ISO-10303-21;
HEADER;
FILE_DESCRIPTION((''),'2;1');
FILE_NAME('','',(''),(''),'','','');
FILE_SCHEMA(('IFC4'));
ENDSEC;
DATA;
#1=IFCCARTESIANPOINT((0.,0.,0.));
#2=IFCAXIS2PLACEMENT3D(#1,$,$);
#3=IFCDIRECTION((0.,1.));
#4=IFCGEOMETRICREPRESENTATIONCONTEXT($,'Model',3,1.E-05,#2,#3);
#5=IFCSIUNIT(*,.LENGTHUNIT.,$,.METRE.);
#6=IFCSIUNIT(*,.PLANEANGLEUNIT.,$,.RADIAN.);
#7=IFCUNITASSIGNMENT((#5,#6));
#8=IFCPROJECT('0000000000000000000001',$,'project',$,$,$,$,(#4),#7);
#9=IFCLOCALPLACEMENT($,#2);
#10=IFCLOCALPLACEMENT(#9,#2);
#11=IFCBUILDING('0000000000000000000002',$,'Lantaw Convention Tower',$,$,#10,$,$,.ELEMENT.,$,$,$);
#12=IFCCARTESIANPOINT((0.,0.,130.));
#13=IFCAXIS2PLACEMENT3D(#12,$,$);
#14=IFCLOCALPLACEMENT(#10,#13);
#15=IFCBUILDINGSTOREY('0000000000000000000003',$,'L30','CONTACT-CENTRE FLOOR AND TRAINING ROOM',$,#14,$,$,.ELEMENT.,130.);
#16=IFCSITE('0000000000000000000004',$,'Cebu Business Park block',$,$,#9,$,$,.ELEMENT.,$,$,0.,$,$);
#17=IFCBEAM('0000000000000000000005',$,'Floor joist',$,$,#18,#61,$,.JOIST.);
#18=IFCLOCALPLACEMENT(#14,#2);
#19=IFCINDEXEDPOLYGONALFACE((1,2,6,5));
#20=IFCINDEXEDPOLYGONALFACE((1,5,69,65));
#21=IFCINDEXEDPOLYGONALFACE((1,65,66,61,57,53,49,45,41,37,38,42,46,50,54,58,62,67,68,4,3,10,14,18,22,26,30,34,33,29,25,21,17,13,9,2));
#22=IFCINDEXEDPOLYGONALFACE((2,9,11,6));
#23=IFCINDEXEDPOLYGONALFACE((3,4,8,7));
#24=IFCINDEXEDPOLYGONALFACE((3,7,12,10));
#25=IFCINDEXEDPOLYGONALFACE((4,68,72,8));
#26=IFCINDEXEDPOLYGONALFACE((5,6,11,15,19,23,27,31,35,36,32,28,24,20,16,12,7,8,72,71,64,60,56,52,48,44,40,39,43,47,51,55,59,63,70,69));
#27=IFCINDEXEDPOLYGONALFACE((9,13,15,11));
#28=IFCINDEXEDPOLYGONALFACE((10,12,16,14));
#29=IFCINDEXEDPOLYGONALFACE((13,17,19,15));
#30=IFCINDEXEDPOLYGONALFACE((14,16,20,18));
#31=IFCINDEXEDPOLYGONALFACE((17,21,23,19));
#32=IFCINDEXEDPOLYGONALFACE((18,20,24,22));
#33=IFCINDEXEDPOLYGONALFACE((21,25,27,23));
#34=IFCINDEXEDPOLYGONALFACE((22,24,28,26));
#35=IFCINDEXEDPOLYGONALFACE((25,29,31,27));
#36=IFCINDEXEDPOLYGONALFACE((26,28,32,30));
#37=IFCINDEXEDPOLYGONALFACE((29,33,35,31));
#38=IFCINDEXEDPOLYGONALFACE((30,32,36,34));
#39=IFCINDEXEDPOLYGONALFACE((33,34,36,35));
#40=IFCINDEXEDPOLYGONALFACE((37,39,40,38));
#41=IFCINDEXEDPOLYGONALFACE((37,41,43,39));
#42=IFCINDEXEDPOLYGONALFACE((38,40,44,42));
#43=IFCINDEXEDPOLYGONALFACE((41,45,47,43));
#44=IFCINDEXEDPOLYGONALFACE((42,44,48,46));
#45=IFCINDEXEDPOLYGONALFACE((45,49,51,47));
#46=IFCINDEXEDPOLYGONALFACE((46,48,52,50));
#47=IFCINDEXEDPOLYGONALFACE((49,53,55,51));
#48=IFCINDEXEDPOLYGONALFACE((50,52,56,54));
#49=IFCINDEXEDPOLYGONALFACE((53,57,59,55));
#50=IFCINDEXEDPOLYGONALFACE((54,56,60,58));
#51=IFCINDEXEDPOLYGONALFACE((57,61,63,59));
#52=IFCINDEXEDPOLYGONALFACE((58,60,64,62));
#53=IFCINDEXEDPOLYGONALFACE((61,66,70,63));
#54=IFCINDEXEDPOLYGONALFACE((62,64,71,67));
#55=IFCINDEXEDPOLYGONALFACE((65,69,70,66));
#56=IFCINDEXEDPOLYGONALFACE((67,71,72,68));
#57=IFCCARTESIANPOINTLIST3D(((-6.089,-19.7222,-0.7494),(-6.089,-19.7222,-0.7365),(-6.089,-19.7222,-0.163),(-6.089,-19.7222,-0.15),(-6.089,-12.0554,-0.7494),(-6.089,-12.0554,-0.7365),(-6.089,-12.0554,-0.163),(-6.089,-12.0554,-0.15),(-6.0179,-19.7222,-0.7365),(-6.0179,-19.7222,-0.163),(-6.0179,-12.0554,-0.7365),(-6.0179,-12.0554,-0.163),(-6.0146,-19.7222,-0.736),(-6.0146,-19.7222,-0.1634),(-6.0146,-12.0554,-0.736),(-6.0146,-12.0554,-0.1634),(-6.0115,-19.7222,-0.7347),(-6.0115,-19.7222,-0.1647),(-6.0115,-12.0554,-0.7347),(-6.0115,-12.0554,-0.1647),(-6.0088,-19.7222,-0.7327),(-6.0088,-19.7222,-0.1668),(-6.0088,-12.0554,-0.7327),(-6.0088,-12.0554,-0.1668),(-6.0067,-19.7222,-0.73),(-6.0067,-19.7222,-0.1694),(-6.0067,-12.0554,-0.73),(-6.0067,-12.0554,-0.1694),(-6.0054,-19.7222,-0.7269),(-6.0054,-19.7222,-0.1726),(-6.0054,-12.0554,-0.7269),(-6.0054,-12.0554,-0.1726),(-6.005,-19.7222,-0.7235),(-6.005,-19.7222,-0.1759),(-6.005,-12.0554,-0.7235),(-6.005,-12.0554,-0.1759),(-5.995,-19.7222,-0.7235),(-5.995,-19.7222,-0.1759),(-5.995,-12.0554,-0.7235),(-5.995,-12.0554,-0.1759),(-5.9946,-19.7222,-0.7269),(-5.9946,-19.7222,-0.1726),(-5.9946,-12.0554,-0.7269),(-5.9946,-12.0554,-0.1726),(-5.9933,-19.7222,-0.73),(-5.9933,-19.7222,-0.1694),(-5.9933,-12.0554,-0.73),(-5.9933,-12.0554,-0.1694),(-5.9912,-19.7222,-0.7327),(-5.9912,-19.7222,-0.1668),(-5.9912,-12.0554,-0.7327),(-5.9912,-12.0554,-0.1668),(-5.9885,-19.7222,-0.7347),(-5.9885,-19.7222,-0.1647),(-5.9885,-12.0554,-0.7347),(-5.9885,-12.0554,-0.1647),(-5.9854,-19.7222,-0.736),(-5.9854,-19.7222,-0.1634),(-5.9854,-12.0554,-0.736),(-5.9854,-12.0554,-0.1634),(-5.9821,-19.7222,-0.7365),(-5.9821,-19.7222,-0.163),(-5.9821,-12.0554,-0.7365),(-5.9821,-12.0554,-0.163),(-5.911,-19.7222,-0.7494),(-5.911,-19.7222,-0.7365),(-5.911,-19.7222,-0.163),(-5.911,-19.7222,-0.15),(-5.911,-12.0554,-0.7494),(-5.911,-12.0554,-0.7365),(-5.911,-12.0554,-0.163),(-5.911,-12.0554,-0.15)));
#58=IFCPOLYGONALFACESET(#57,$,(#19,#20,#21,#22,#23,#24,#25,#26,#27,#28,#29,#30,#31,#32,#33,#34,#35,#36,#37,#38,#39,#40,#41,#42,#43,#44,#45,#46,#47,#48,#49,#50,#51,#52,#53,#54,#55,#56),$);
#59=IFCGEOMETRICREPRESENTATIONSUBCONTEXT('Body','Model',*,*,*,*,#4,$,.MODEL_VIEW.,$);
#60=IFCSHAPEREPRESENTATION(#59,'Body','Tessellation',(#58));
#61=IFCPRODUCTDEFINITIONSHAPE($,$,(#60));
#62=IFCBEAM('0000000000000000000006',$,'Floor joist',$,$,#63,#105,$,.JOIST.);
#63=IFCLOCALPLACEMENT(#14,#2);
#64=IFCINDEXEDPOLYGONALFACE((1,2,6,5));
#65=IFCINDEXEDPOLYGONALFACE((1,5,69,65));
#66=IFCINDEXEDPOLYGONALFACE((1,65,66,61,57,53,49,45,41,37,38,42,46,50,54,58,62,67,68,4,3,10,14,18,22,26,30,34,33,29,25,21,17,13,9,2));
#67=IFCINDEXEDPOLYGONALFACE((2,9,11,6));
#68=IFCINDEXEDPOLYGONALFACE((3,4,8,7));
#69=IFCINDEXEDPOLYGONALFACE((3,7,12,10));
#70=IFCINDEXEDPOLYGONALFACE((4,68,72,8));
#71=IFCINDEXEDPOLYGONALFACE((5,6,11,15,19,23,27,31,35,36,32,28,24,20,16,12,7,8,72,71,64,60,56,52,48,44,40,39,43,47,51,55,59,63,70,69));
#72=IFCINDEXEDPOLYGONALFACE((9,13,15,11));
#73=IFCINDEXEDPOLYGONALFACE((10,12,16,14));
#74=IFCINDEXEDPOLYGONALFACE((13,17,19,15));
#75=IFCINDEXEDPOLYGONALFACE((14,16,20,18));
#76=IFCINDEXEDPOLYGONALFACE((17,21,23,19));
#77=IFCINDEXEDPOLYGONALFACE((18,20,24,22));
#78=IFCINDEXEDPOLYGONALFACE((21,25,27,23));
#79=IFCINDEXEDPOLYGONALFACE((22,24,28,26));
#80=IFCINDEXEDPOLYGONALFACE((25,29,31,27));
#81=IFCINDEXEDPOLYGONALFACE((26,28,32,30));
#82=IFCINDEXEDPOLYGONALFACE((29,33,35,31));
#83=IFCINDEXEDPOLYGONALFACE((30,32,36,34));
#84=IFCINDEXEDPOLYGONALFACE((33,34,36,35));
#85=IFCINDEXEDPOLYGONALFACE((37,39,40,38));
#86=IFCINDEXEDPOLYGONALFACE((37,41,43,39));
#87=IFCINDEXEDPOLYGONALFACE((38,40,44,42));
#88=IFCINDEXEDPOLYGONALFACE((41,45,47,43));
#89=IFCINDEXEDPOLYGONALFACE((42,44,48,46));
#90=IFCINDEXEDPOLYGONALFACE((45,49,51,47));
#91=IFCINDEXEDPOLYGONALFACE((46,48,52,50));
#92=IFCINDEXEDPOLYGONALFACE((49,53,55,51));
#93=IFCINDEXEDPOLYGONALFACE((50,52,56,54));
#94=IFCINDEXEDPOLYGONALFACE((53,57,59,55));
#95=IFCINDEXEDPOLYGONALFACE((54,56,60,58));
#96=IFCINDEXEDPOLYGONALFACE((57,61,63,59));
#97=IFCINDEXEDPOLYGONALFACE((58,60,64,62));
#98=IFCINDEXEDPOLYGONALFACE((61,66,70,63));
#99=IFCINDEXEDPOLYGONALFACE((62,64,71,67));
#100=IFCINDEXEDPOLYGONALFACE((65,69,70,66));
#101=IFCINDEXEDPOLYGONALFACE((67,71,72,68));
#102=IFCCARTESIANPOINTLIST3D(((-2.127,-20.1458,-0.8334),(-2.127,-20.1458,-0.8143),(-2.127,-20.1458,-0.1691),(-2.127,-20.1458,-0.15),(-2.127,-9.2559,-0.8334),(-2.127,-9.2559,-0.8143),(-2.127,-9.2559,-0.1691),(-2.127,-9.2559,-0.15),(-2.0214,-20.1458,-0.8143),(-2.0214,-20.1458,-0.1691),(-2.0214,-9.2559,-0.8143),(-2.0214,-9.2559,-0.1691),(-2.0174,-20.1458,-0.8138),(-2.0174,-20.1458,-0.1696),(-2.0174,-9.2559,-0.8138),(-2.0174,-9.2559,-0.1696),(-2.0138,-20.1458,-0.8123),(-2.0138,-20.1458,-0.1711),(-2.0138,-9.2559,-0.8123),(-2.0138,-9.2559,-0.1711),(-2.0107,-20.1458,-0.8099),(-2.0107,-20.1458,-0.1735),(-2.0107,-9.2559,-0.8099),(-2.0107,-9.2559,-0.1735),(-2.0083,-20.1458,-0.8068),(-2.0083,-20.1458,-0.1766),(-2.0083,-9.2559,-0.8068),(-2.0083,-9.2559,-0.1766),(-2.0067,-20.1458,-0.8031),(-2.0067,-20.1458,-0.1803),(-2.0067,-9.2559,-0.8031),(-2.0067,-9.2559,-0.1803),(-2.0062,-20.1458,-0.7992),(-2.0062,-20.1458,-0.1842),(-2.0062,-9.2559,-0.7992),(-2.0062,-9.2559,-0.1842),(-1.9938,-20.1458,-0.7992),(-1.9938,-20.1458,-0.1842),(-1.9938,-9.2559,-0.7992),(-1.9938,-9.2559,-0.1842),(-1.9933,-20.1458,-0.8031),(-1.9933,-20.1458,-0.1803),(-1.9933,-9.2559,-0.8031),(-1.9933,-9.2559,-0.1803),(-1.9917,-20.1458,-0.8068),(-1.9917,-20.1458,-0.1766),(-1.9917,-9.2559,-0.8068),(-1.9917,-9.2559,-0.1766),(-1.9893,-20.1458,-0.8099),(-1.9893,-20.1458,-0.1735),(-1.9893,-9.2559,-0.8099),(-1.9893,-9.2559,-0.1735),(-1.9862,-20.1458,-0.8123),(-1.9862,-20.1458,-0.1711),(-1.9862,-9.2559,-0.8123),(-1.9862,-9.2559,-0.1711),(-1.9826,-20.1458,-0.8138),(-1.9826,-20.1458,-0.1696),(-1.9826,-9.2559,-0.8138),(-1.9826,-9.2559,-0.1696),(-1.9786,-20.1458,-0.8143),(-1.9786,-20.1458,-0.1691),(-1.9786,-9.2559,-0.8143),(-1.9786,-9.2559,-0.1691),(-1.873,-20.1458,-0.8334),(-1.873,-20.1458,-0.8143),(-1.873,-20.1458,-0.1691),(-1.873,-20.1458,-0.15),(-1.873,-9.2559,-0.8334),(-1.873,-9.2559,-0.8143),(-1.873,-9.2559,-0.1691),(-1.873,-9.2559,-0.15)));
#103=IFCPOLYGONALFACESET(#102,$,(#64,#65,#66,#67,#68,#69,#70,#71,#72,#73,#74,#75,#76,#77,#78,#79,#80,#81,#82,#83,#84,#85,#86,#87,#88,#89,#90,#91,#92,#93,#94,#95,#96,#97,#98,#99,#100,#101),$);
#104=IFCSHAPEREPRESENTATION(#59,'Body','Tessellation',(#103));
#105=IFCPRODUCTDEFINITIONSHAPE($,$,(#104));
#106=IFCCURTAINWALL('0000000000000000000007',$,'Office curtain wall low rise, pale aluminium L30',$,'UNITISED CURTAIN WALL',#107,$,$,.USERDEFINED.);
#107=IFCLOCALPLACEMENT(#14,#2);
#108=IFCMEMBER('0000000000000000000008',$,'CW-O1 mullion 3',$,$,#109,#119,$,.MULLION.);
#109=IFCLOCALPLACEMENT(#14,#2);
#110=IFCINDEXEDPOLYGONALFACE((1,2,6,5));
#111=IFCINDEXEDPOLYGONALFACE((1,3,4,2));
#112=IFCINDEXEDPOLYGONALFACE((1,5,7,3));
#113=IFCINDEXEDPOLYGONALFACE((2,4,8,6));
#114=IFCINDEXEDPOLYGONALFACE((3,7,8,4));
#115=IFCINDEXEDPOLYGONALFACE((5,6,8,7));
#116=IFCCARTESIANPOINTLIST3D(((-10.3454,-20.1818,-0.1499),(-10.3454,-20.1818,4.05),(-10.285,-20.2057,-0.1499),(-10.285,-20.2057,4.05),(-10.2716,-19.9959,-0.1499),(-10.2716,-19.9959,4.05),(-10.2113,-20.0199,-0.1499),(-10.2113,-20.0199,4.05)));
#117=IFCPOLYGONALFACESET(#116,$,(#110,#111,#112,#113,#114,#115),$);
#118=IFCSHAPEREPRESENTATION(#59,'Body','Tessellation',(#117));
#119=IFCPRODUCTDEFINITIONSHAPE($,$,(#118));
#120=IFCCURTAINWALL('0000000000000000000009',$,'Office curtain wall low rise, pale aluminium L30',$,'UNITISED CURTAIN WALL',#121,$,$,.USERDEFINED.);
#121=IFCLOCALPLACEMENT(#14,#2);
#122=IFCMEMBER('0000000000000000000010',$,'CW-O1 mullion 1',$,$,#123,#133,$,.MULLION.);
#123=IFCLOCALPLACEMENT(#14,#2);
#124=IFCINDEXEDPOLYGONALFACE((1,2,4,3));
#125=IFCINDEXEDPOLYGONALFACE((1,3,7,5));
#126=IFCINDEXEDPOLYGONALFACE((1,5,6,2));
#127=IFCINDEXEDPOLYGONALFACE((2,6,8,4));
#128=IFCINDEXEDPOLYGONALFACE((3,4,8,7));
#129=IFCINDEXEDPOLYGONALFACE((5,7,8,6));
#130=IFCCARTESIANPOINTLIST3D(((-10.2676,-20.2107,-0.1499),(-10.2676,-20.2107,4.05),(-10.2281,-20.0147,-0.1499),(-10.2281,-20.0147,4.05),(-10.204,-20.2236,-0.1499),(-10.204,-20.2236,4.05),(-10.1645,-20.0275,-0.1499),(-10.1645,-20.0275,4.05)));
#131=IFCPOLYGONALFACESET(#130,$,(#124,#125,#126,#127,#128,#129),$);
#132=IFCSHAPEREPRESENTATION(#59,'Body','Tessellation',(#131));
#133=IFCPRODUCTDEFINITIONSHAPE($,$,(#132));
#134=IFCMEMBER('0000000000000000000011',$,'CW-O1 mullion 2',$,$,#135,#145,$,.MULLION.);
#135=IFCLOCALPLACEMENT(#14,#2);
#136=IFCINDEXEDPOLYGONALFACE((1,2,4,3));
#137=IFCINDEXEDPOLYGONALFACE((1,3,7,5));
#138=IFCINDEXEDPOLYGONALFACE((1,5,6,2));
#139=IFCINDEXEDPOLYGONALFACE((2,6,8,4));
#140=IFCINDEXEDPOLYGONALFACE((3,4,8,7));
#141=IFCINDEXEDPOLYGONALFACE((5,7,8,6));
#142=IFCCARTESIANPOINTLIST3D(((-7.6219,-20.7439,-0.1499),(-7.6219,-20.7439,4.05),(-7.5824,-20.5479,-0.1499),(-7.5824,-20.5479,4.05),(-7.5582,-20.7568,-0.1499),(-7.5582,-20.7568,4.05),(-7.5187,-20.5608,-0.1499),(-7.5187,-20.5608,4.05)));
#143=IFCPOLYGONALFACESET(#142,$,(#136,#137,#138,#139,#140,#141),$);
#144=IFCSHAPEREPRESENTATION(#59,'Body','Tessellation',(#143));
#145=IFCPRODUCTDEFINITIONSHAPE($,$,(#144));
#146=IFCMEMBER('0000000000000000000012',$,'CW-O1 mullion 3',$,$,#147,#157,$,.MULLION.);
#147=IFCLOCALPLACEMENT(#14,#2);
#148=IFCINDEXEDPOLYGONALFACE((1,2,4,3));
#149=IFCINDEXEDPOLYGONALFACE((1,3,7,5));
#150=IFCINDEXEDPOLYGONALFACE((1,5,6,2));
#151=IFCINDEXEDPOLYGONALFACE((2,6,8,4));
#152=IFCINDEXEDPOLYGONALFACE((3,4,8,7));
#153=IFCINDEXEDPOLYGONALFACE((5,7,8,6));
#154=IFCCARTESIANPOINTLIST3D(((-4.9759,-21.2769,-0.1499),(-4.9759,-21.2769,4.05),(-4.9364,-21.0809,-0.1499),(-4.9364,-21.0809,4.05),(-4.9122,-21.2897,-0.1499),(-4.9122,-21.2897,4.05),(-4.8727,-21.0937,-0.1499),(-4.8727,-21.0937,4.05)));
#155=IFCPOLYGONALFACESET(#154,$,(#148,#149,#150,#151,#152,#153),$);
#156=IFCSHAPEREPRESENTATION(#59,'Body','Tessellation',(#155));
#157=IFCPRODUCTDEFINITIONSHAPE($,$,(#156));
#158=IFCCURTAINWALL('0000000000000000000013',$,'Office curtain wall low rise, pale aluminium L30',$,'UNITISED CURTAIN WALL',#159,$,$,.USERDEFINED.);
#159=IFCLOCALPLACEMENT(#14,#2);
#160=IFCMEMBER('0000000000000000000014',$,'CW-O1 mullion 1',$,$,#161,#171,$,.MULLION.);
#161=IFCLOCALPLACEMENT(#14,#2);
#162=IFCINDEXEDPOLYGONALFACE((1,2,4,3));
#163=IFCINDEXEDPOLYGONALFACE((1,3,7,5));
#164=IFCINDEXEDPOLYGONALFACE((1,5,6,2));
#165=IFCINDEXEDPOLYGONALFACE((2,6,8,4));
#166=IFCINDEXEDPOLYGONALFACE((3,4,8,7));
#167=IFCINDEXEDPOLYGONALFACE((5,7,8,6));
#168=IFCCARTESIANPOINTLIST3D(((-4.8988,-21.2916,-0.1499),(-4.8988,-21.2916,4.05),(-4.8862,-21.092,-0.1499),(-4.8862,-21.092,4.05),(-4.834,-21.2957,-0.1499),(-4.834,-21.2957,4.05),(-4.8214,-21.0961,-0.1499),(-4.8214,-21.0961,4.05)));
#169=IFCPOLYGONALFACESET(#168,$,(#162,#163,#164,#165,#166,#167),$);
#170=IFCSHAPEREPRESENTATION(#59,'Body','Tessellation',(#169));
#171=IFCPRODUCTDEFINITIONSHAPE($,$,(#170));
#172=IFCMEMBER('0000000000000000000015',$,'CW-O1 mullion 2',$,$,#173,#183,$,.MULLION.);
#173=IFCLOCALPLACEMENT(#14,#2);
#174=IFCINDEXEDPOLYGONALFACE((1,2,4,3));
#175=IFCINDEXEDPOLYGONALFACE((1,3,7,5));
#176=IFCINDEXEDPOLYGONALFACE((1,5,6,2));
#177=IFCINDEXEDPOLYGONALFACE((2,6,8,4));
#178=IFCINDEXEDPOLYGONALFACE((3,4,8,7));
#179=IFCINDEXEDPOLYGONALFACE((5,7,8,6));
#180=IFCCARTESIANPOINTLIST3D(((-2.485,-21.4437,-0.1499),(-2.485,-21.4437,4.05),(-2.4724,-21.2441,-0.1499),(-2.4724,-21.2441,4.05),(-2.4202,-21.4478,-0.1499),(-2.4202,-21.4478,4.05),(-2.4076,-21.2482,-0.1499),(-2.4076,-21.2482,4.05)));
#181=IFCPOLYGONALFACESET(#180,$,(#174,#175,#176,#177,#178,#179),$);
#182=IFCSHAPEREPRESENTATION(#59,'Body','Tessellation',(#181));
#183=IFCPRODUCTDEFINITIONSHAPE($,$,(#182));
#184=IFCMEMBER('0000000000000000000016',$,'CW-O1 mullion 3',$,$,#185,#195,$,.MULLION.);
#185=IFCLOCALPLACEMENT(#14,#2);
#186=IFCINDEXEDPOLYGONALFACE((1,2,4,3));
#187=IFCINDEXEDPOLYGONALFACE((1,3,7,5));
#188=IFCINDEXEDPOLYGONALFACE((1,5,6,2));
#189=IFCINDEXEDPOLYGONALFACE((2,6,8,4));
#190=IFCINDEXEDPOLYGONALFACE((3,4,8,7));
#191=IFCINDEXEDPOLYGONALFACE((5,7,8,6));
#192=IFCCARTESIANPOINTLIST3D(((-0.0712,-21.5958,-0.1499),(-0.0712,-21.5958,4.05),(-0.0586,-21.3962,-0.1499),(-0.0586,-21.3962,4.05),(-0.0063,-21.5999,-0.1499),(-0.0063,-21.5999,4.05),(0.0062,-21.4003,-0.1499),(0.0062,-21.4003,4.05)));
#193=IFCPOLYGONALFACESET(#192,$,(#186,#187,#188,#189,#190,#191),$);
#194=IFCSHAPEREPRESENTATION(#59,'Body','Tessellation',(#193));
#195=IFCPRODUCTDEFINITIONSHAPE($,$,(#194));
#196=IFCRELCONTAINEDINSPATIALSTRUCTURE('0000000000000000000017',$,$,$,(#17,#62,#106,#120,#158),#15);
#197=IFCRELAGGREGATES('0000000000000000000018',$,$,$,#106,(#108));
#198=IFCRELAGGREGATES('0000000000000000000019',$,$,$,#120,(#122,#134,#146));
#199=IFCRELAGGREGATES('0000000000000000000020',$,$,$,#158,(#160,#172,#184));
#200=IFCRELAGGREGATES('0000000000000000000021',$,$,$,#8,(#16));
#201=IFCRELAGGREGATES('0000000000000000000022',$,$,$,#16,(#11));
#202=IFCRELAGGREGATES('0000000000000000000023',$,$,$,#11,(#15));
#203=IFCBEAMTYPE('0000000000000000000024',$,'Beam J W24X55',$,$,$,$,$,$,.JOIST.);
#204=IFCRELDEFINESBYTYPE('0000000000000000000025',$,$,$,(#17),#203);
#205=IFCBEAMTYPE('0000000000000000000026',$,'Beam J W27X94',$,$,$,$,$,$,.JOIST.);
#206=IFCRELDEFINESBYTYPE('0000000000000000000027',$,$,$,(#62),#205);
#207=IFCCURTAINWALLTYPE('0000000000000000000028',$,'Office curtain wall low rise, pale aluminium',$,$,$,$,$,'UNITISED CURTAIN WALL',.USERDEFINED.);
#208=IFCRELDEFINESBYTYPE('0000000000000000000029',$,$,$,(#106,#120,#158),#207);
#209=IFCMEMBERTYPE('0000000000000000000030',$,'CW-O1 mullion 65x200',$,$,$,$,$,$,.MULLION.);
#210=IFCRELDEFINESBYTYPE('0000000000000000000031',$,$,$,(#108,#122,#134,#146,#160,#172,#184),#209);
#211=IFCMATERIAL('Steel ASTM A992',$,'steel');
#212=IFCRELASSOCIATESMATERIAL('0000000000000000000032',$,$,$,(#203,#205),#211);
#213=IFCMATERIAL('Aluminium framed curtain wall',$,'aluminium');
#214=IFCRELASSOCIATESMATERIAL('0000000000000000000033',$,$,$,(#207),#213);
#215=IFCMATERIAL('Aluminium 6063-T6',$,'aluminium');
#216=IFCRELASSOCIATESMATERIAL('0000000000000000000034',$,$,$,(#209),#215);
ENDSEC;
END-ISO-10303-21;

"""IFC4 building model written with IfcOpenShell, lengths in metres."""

from ifc_helpers import new_model, si_unit, direction, frame, origin, origin_2d, place, context, subcontext, project, spatial, rectangle, i_section, extrude, material, material_profile, profile_set, type_object, element, aggregate, save


model = new_model("IFC4")

# Units and contexts
model_context = context("Model", 3, precision=1e-05, world=origin(), true_north=direction((0.0, 1.0)))
body_context = subcontext(model_context, "Body", "Model", "MODEL_VIEW")
ifc_project = project(units=[si_unit("LENGTHUNIT", "METRE"), si_unit("PLANEANGLEUNIT", "RADIAN")], contexts=[model_context])

# Site, building, storey
site_placement = place(None, origin())
site = spatial("IfcSite", under=ifc_project, at=site_placement, Name="Cebu Business Park block", CompositionType="ELEMENT", RefElevation=0.0)
building_placement = place(site_placement, origin())
building = spatial("IfcBuilding", under=site, at=building_placement, Name="Lantaw Convention Tower", CompositionType="ELEMENT")
storey_placement = place(building_placement, frame((0.0, 0.0, 130.0)))
storey = spatial("IfcBuildingStorey", under=building, at=storey_placement, Name="L30", Description="CONTACT-CENTRE FLOOR AND TRAINING ROOM", CompositionType="ELEMENT", Elevation=130.0)

# Beams
ifc_material_1 = material(Name="Steel ASTM A992", Category="steel")
ifc_material_profile_1 = material_profile(ifc_material_1, i_section(OverallWidth=0.178, OverallDepth=0.5994, WebThickness=0.01, FlangeThickness=0.0129, FilletRadius=0.0129, at=origin_2d()), Name="W24X55")
ifc_profile_set_1 = profile_set([ifc_material_profile_1], Name="Steel ASTM A992")
beam_type_1 = type_object("IfcBeamType", Name="Beam J W24X55", PredefinedType="JOIST", material=ifc_profile_set_1)
beam_1_placement = place(storey_placement, frame((-6.0, -19.7222, -0.4497), z_axis=(0.0, 1.0, 0.0), x_axis=(-1.0, 0.0, 0.0)))
element("IfcBeam", 1, at=beam_1_placement, inside=storey, type_object=beam_type_1, Name="Floor joist", PredefinedType="JOIST", context=body_context, shape_type="SweptSolid", body=[
    extrude(i_section(OverallWidth=0.178, OverallDepth=0.5994, WebThickness=0.01, FlangeThickness=0.0129, FilletRadius=0.0129, at=origin_2d()), origin(), (0.0, 0.0, 1.0), 7.6667),
])
ifc_material_profile_2 = material_profile(ifc_material_1, i_section(OverallWidth=0.2539, OverallDepth=0.6833, WebThickness=0.0125, FlangeThickness=0.019, FilletRadius=0.0151, at=origin_2d()), Name="W27X94")
ifc_profile_set_2 = profile_set([ifc_material_profile_2], Name="Steel ASTM A992")
beam_type_2 = type_object("IfcBeamType", Name="Beam J W27X94", PredefinedType="JOIST", material=ifc_profile_set_2)
beam_2_placement = place(storey_placement, frame((-2.0, -20.1458, -0.4917), z_axis=(0.0, 1.0, 0.0), x_axis=(-1.0, 0.0, 0.0)))
element("IfcBeam", 2, at=beam_2_placement, inside=storey, type_object=beam_type_2, Name="Floor joist", PredefinedType="JOIST", context=body_context, shape_type="SweptSolid", body=[
    extrude(i_section(OverallWidth=0.2539, OverallDepth=0.6833, WebThickness=0.0125, FlangeThickness=0.019, FilletRadius=0.0151, at=origin_2d()), origin(), (0.0, 0.0, 1.0), 10.8899),
])

# Curtain wall, member
ifc_material_2 = material(Name="Aluminium framed curtain wall", Category="aluminium")
curtain_wall_type = type_object("IfcCurtainWallType", Name="Office curtain wall low rise, pale aluminium", ElementType="UNITISED CURTAIN WALL", PredefinedType="USERDEFINED", material=ifc_material_2)
curtain_wall_1_placement = place(storey_placement, origin())
curtain_wall_1 = element("IfcCurtainWall", 3, at=curtain_wall_1_placement, inside=storey, type_object=curtain_wall_type, Name="Office curtain wall low rise, pale aluminium L30", ObjectType="UNITISED CURTAIN WALL", PredefinedType="USERDEFINED")
ifc_material_3 = material(Name="Aluminium 6063-T6", Category="aluminium")
ifc_material_profile_3 = material_profile(ifc_material_3, rectangle(XDim=0.2, YDim=0.0649, at=origin_2d()), Name="CW-O1 mullion 65x200")
ifc_profile_set_3 = profile_set([ifc_material_profile_3], Name="Aluminium 6063-T6")
member_type_1 = type_object("IfcMemberType", Name="CW-O1 mullion 65x200", PredefinedType="MULLION", material=ifc_profile_set_3)
member_1_placement = place(storey_placement, frame((-10.2783, -20.1008, -0.1499), z_axis=(0.0, 0.0, 1.0), x_axis=(0.368702, 0.929548, 0.0)))
member_1 = element("IfcMember", 4, at=member_1_placement, type_object=member_type_1, Name="CW-O1 mullion 3", PredefinedType="MULLION", context=body_context, shape_type="SweptSolid", body=[
    extrude(rectangle(XDim=0.2, YDim=0.0649, at=origin_2d()), origin(), (0.0, 0.0, 1.0), 4.2),
])

# Curtain walls, members
curtain_wall_2_placement = place(storey_placement, origin())
curtain_wall_2 = element("IfcCurtainWall", 5, at=curtain_wall_2_placement, inside=storey, type_object=curtain_wall_type, Name="Office curtain wall low rise, pale aluminium L30", ObjectType="UNITISED CURTAIN WALL", PredefinedType="USERDEFINED")
member_2_placement = place(storey_placement, frame((-10.2161, -20.1191, -0.1499), z_axis=(0.0, 0.0, 1.0), x_axis=(0.197507, 0.980302, 0.0)))
member_2 = element("IfcMember", 6, at=member_2_placement, type_object=member_type_1, Name="CW-O1 mullion 1", PredefinedType="MULLION", context=body_context, shape_type="SweptSolid", body=[
    extrude(rectangle(XDim=0.2, YDim=0.0649, at=origin_2d()), origin(), (0.0, 0.0, 1.0), 4.2),
])
member_3_placement = place(storey_placement, frame((-7.5703, -20.6523, -0.1499), z_axis=(0.0, 0.0, 1.0), x_axis=(0.197507, 0.980302, 0.0)))
member_3 = element("IfcMember", 7, at=member_3_placement, type_object=member_type_1, Name="CW-O1 mullion 2", PredefinedType="MULLION", context=body_context, shape_type="SweptSolid", body=[
    extrude(rectangle(XDim=0.2, YDim=0.0649, at=origin_2d()), origin(), (0.0, 0.0, 1.0), 4.2),
])
member_4_placement = place(storey_placement, frame((-4.9243, -21.1853, -0.1499), z_axis=(0.0, 0.0, 1.0), x_axis=(0.197507, 0.980302, 0.0)))
member_4 = element("IfcMember", 8, at=member_4_placement, type_object=member_type_1, Name="CW-O1 mullion 3", PredefinedType="MULLION", context=body_context, shape_type="SweptSolid", body=[
    extrude(rectangle(XDim=0.2, YDim=0.0649, at=origin_2d()), origin(), (0.0, 0.0, 1.0), 4.2),
])
curtain_wall_3_placement = place(storey_placement, origin())
curtain_wall_3 = element("IfcCurtainWall", 9, at=curtain_wall_3_placement, inside=storey, type_object=curtain_wall_type, Name="Office curtain wall low rise, pale aluminium L30", ObjectType="UNITISED CURTAIN WALL", PredefinedType="USERDEFINED")
member_5_placement = place(storey_placement, frame((-4.8601, -21.1938, -0.1499), z_axis=(0.0, 0.0, 1.0), x_axis=(0.062865, 0.998022, 0.0)))
member_5 = element("IfcMember", 10, at=member_5_placement, type_object=member_type_1, Name="CW-O1 mullion 1", PredefinedType="MULLION", context=body_context, shape_type="SweptSolid", body=[
    extrude(rectangle(XDim=0.2, YDim=0.0649, at=origin_2d()), origin(), (0.0, 0.0, 1.0), 4.2),
])
member_6_placement = place(storey_placement, frame((-2.4463, -21.3459, -0.1499), z_axis=(0.0, 0.0, 1.0), x_axis=(0.062865, 0.998022, 0.0)))
member_6 = element("IfcMember", 11, at=member_6_placement, type_object=member_type_1, Name="CW-O1 mullion 2", PredefinedType="MULLION", context=body_context, shape_type="SweptSolid", body=[
    extrude(rectangle(XDim=0.2, YDim=0.0649, at=origin_2d()), origin(), (0.0, 0.0, 1.0), 4.2),
])
member_7_placement = place(storey_placement, frame((-0.0325, -21.498, -0.1499), z_axis=(0.0, 0.0, 1.0), x_axis=(0.062865, 0.998022, 0.0)))
member_7 = element("IfcMember", 12, at=member_7_placement, type_object=member_type_1, Name="CW-O1 mullion 3", PredefinedType="MULLION", context=body_context, shape_type="SweptSolid", body=[
    extrude(rectangle(XDim=0.2, YDim=0.0649, at=origin_2d()), origin(), (0.0, 0.0, 1.0), 4.2),
])

aggregate(curtain_wall_1, [member_1])
aggregate(curtain_wall_2, [member_2, member_3, member_4])
aggregate(curtain_wall_3, [member_5, member_6, member_7])

save(model, "model.ifc")
